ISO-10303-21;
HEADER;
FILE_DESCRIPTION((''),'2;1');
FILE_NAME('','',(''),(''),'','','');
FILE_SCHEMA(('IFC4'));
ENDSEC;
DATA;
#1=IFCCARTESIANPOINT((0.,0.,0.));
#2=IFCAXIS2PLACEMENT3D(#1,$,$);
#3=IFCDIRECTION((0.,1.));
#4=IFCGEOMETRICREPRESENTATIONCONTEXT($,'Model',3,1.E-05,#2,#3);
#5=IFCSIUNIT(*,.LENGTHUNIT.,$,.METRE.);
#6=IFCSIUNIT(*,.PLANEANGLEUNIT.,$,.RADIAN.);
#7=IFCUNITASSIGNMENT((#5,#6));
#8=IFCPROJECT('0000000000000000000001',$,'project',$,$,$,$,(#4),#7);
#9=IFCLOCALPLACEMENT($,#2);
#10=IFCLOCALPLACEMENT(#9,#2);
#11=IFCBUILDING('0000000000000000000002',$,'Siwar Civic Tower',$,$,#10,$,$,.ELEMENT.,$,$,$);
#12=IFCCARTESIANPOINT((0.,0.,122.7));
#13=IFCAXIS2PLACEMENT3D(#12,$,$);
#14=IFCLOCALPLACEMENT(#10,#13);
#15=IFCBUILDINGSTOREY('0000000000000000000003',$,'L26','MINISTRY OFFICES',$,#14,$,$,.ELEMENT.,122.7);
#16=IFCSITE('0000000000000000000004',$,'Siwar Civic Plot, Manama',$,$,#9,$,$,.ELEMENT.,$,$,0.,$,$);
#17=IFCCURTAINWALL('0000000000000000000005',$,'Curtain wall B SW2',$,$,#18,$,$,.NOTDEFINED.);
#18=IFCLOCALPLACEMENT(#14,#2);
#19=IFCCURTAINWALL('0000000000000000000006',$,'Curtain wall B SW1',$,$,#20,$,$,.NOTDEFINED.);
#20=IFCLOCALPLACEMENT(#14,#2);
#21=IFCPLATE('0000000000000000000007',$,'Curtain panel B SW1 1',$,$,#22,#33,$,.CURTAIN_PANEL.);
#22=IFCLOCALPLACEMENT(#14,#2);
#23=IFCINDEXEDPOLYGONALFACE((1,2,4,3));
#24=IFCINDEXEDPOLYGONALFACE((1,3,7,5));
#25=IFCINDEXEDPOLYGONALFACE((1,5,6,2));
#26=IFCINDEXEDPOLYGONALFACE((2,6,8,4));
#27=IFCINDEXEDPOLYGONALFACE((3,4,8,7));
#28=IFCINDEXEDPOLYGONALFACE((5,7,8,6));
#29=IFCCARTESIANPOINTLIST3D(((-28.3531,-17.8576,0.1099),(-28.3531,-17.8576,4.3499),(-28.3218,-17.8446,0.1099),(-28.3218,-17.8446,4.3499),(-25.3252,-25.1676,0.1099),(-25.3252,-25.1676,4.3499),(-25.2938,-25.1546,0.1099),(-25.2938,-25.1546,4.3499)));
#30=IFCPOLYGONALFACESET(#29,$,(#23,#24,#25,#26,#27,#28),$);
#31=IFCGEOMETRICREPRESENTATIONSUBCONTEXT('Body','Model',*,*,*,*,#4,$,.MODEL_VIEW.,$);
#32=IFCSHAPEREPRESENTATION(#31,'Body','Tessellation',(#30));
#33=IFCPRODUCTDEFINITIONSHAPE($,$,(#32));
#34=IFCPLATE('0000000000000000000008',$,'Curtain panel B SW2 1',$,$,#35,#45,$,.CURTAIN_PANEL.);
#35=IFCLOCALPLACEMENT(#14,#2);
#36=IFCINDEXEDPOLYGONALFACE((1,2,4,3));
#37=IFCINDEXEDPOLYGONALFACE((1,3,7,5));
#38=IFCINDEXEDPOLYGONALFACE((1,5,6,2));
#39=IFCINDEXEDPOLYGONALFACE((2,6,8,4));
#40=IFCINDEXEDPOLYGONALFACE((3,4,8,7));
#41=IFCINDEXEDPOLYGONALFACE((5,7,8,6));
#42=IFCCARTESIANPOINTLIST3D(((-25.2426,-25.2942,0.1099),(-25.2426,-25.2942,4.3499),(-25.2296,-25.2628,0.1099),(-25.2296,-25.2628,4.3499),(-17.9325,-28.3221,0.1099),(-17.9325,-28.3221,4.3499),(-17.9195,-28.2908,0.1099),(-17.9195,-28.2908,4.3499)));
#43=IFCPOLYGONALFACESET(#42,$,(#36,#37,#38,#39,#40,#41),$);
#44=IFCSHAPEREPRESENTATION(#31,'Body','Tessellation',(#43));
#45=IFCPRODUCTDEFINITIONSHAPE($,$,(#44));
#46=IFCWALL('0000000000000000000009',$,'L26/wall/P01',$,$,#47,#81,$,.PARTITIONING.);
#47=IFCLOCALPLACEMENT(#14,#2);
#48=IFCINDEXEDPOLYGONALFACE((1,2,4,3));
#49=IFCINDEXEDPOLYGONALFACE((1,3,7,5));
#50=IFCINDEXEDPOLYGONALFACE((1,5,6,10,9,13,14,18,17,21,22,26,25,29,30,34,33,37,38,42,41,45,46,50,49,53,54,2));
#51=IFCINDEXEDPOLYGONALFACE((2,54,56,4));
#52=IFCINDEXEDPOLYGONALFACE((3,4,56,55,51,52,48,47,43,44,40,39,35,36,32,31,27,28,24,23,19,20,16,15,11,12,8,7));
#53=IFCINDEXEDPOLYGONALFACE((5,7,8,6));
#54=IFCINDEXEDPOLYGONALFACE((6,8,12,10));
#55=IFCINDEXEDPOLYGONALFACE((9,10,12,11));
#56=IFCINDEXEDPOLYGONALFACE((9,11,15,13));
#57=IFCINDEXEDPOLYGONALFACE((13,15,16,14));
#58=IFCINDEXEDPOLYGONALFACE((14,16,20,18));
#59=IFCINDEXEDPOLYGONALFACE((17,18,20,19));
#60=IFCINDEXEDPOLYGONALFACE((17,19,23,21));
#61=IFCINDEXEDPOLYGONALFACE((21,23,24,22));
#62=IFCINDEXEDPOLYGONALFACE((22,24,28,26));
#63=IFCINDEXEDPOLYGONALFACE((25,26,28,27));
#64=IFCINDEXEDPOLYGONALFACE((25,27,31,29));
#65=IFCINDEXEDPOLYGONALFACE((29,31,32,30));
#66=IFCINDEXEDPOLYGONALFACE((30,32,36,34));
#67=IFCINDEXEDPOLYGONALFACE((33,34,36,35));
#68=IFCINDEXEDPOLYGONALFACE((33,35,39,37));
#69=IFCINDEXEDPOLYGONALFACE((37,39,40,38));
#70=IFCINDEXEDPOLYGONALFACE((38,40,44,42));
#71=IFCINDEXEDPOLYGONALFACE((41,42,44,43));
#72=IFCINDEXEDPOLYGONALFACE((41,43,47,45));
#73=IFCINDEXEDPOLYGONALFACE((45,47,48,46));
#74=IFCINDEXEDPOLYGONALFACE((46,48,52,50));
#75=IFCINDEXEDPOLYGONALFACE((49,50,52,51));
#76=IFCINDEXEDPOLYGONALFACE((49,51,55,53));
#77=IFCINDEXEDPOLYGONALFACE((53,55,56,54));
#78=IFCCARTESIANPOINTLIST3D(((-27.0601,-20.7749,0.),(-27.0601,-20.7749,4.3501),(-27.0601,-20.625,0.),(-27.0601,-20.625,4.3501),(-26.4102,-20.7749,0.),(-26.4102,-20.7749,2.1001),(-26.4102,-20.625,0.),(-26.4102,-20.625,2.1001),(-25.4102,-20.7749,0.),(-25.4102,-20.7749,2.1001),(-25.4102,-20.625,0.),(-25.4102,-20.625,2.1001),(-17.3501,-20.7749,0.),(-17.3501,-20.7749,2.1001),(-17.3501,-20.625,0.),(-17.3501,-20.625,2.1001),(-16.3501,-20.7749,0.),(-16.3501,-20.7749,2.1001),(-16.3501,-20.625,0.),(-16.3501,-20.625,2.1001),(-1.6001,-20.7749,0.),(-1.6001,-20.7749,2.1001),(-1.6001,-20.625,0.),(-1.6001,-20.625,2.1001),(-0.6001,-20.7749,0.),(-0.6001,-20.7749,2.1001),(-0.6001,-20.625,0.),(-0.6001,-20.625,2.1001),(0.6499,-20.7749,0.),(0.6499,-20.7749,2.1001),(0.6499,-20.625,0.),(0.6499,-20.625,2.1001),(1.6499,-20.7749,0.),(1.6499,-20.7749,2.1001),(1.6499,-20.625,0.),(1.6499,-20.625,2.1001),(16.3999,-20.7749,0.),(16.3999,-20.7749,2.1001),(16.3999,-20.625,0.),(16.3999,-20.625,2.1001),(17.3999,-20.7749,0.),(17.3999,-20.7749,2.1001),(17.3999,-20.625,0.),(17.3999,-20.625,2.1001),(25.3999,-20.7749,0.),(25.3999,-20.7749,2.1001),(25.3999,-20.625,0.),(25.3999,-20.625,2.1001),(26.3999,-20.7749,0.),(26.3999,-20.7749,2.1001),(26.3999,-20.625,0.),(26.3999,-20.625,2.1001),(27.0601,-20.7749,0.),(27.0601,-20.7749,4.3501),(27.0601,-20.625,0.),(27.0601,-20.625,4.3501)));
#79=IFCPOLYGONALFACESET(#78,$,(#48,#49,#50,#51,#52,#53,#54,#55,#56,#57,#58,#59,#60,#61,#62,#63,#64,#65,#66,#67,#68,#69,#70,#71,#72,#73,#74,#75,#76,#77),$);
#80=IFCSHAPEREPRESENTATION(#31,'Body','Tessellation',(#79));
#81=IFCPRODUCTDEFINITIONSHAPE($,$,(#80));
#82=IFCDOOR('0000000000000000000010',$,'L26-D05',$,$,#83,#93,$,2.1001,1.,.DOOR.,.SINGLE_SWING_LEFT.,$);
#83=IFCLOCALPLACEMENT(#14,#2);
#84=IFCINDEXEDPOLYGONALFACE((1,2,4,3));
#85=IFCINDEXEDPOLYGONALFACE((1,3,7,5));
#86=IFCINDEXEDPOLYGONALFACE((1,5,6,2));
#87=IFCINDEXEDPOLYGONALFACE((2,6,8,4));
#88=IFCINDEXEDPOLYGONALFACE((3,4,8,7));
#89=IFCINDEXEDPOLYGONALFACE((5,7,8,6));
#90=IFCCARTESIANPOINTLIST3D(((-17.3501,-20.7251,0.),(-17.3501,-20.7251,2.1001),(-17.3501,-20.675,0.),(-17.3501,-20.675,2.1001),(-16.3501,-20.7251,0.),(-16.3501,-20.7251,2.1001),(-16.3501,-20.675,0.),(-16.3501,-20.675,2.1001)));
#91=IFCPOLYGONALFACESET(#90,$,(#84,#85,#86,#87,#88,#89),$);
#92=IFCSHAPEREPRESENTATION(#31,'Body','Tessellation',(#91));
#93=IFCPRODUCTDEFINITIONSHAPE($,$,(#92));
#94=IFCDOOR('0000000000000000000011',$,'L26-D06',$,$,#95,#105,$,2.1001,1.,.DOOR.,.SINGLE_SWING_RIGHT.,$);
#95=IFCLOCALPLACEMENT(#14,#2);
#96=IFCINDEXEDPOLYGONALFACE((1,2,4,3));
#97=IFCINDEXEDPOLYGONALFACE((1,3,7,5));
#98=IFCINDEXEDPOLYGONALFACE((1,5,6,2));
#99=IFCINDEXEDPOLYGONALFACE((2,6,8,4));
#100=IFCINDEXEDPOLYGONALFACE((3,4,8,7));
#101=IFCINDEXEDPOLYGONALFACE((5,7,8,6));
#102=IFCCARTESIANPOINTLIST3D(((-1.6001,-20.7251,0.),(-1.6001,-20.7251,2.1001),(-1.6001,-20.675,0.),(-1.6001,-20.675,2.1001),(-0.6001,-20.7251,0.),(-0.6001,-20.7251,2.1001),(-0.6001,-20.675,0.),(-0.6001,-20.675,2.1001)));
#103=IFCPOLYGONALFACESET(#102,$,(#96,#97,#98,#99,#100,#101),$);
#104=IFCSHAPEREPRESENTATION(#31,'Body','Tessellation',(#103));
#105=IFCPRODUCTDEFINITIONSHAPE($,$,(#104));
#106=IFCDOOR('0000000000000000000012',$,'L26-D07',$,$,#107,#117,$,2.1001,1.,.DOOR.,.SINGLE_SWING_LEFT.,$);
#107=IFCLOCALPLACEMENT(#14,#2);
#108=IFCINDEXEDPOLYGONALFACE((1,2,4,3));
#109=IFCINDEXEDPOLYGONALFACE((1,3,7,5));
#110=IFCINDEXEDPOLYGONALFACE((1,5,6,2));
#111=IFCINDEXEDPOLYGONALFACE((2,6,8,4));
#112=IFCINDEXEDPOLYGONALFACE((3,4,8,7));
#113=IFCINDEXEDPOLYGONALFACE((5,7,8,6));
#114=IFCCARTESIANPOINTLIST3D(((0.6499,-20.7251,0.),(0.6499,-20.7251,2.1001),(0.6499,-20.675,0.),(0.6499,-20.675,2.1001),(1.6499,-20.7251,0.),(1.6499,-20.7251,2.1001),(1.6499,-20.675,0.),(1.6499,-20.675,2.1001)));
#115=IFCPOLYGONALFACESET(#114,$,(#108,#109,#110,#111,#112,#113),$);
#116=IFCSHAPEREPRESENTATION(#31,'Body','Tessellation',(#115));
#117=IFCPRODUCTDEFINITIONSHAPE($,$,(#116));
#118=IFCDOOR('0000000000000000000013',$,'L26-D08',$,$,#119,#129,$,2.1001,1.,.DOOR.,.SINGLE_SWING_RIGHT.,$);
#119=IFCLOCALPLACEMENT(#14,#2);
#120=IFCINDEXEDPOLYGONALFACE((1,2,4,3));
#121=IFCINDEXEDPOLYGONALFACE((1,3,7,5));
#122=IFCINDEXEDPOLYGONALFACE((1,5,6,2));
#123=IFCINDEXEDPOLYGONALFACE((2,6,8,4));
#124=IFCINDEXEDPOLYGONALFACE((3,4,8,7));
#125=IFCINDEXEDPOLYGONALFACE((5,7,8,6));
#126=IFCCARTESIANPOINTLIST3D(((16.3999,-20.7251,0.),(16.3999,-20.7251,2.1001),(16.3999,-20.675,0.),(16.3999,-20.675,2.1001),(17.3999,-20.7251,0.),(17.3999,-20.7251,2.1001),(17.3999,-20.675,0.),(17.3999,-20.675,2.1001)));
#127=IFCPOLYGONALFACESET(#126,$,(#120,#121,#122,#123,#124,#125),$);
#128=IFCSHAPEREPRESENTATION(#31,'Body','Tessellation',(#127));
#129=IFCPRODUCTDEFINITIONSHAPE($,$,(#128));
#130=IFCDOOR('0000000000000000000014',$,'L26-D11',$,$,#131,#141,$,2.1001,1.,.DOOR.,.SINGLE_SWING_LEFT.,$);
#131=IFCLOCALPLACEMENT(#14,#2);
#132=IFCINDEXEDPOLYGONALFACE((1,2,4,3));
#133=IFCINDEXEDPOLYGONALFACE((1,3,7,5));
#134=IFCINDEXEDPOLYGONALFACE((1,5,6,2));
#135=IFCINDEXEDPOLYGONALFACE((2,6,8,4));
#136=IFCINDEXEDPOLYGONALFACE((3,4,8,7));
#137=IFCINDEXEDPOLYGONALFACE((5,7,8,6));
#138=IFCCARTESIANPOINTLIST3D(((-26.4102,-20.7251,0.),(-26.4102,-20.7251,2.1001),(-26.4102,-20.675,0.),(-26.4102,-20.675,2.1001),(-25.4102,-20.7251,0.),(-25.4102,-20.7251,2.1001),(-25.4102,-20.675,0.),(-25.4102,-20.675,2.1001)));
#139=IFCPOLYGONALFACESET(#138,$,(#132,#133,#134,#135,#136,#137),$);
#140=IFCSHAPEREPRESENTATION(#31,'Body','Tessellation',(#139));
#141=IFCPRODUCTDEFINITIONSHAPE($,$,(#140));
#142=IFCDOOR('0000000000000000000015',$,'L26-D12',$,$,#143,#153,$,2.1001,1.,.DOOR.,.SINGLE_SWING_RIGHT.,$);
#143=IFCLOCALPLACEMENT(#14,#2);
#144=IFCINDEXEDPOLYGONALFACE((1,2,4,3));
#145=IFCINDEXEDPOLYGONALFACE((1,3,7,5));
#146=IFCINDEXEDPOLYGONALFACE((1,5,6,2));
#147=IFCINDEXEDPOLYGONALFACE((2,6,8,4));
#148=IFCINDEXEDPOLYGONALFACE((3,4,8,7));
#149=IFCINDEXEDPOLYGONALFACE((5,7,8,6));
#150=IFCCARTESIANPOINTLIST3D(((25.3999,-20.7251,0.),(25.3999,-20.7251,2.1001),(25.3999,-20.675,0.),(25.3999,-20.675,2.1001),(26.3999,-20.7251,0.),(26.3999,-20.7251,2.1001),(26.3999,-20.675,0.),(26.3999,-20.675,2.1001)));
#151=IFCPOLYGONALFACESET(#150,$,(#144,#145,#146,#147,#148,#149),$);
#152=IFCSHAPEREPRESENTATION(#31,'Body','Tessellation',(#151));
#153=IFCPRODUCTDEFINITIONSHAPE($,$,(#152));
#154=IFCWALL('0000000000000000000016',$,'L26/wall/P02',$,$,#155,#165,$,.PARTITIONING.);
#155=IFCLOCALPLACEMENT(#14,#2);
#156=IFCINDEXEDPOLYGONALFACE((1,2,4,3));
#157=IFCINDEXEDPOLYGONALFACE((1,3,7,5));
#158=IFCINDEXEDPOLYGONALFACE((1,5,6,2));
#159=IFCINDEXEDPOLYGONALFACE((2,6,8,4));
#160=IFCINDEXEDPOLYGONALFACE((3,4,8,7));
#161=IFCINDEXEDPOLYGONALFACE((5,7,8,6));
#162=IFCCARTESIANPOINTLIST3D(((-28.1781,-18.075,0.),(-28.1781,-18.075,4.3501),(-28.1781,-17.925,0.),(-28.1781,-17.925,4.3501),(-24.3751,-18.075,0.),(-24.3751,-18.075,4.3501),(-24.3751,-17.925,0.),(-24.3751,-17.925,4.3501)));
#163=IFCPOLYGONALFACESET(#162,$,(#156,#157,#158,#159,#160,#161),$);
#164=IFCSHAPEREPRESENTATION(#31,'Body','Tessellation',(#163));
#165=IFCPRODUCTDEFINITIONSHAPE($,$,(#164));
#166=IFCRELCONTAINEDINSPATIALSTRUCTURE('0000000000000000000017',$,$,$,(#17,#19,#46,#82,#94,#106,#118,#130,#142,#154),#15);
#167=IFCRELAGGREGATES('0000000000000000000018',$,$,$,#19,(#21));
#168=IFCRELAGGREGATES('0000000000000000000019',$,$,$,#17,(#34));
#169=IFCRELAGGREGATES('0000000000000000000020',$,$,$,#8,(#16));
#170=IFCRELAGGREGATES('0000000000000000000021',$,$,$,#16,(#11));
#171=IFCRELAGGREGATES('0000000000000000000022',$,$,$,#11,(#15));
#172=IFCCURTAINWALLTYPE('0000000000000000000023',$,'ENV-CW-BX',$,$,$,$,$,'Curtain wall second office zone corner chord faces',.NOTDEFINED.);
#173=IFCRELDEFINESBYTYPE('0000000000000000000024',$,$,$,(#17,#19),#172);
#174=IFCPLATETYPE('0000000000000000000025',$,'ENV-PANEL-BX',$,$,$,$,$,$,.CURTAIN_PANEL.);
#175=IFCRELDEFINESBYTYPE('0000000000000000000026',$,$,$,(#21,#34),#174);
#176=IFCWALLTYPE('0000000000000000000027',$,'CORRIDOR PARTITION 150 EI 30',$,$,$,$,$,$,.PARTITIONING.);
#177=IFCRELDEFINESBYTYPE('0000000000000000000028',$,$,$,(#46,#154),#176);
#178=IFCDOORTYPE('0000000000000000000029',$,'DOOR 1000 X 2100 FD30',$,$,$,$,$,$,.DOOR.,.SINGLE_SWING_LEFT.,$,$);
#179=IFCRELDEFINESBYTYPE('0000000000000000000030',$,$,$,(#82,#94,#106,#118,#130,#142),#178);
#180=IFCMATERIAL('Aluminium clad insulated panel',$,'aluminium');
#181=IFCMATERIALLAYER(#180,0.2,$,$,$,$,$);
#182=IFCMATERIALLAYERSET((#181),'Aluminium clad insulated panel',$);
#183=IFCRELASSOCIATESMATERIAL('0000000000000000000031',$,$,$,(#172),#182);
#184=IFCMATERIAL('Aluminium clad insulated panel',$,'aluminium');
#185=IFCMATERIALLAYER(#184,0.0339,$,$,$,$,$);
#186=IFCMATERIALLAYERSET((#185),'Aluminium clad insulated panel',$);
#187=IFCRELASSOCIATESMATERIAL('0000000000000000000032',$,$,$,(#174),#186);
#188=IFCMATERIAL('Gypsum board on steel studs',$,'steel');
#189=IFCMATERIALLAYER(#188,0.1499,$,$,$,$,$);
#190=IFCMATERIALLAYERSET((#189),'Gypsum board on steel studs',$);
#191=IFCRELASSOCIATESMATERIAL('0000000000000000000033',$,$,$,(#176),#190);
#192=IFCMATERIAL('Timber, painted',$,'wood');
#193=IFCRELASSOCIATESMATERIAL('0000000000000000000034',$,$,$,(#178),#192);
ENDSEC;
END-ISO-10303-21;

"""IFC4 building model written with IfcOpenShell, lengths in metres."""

from ifc_helpers import new_model, si_unit, direction, frame, frame_2d, origin, origin_2d, place, context, subcontext, project, spatial, rectangle, extrude, material, layer, layer_set, type_object, element, fill, aggregate, save


model = new_model("IFC4")

# Units and contexts
model_context = context("Model", 3, precision=1e-05, world=origin(), true_north=direction((0.0, 1.0)))
body_context = subcontext(model_context, "Body", "Model", "MODEL_VIEW")
ifc_project = project(units=[si_unit("LENGTHUNIT", "METRE"), si_unit("PLANEANGLEUNIT", "RADIAN")], contexts=[model_context])

# Site, building, storey
site_placement = place(None, origin())
site = spatial("IfcSite", under=ifc_project, at=site_placement, Name="Siwar Civic Plot, Manama", CompositionType="ELEMENT", RefElevation=0.0)
building_placement = place(site_placement, origin())
building = spatial("IfcBuilding", under=site, at=building_placement, Name="Siwar Civic Tower", CompositionType="ELEMENT")
storey_placement = place(building_placement, frame((0.0, 0.0, 122.7)))
storey = spatial("IfcBuildingStorey", under=building, at=storey_placement, Name="L26", Description="MINISTRY OFFICES", CompositionType="ELEMENT", Elevation=122.7)

# Curtain wall
ifc_material_1 = material(Name="Aluminium clad insulated panel", Category="aluminium")
ifc_layer_1 = layer(ifc_material_1, 0.2)
ifc_layer_set_1 = layer_set([ifc_layer_1], Name="Aluminium clad insulated panel")
curtain_wall_type = type_object("IfcCurtainWallType", Name="ENV-CW-BX", ElementType="Curtain wall second office zone corner chord faces", PredefinedType="NOTDEFINED", material=ifc_layer_set_1)
curtain_wall_1_placement = place(storey_placement, origin())
curtain_wall_1 = element("IfcCurtainWall", 1, at=curtain_wall_1_placement, inside=storey, type_object=curtain_wall_type, Name="Curtain wall B SW2", PredefinedType="NOTDEFINED")

# Curtain wall, plate
curtain_wall_2_placement = place(storey_placement, origin())
curtain_wall_2 = element("IfcCurtainWall", 2, at=curtain_wall_2_placement, inside=storey, type_object=curtain_wall_type, Name="Curtain wall B SW1", PredefinedType="NOTDEFINED")
ifc_material_2 = material(Name="Aluminium clad insulated panel", Category="aluminium")
ifc_layer_2 = layer(ifc_material_2, 0.0339)
ifc_layer_set_2 = layer_set([ifc_layer_2], Name="Aluminium clad insulated panel")
plate_type = type_object("IfcPlateType", Name="ENV-PANEL-BX", PredefinedType="CURTAIN_PANEL", material=ifc_layer_set_2)
plate_1_placement = place(storey_placement, frame((-26.8235, -21.5061, 0.1099), z_axis=(0.0, 0.0, 1.0), x_axis=(0.382683, -0.92388, 0.0)))
plate_1 = element("IfcPlate", 3, at=plate_1_placement, type_object=plate_type, Name="Curtain panel B SW1 1", PredefinedType="CURTAIN_PANEL", context=body_context, shape_type="SweptSolid", body=[
    extrude(rectangle(XDim=7.9124, YDim=0.0339, at=origin_2d()), origin(), (0.0, 0.0, 1.0), 4.24),
])
aggregate(curtain_wall_2, [plate_1])

# Plate
plate_2_placement = place(storey_placement, frame((-21.5811, -26.7925, 0.1099), z_axis=(0.0, 0.0, 1.0), x_axis=(0.92388, -0.382683, 0.0)))
plate_2 = element("IfcPlate", 4, at=plate_2_placement, type_object=plate_type, Name="Curtain panel B SW2 1", PredefinedType="CURTAIN_PANEL", context=body_context, shape_type="SweptSolid", body=[
    extrude(rectangle(XDim=7.9124, YDim=0.0339, at=origin_2d()), origin(), (0.0, 0.0, 1.0), 4.24),
])
aggregate(curtain_wall_1, [plate_2])

# Wall, openings, doors
ifc_material_3 = material(Name="Gypsum board on steel studs", Category="steel")
ifc_layer_3 = layer(ifc_material_3, 0.1499)
ifc_layer_set_3 = layer_set([ifc_layer_3], Name="Gypsum board on steel studs")
wall_type = type_object("IfcWallType", Name="CORRIDOR PARTITION 150 EI 30", PredefinedType="PARTITIONING", material=ifc_layer_set_3)
wall_1_placement = place(storey_placement, frame((-27.0601, -20.7, 0.0), z_axis=(0.0, 0.0, 1.0), x_axis=(1.0, 0.0, 0.0)))
wall_1 = element("IfcWall", 5, at=wall_1_placement, inside=storey, type_object=wall_type, Name="L26/wall/P01", PredefinedType="PARTITIONING", context=body_context, shape_type="SweptSolid", body=[
    extrude(rectangle(XDim=54.1201, YDim=0.1499, at=frame_2d((27.0601, 0.0))), origin(), (0.0, 0.0, 1.0), 4.3501),
])
opening_1_placement = place(wall_1_placement, frame((9.71, 0.0, 0.0)))
opening_1 = element("IfcOpeningElement", 6, at=opening_1_placement, cuts=wall_1, PredefinedType="OPENING", context=body_context, shape_type="SweptSolid", body=[
    extrude(rectangle(XDim=1.0, YDim=2.1001, at=frame_2d((0.5, 1.05))), frame((0.0, 0.085, 0.0), z_axis=(0.0, -1.0, 0.0), x_axis=(1.0, 0.0, 0.0)), (0.0, 0.0, 1.0), 0.1699),
])
opening_2_placement = place(wall_1_placement, frame((25.46, 0.0, 0.0)))
opening_2 = element("IfcOpeningElement", 7, at=opening_2_placement, cuts=wall_1, PredefinedType="OPENING", context=body_context, shape_type="SweptSolid", body=[
    extrude(rectangle(XDim=1.0, YDim=2.1001, at=frame_2d((0.5, 1.05))), frame((0.0, 0.085, 0.0), z_axis=(0.0, -1.0, 0.0), x_axis=(1.0, 0.0, 0.0)), (0.0, 0.0, 1.0), 0.1699),
])
opening_3_placement = place(wall_1_placement, frame((27.71, 0.0, 0.0)))
opening_3 = element("IfcOpeningElement", 8, at=opening_3_placement, cuts=wall_1, PredefinedType="OPENING", context=body_context, shape_type="SweptSolid", body=[
    extrude(rectangle(XDim=1.0, YDim=2.1001, at=frame_2d((0.5, 1.05))), frame((0.0, 0.085, 0.0), z_axis=(0.0, -1.0, 0.0), x_axis=(1.0, 0.0, 0.0)), (0.0, 0.0, 1.0), 0.1699),
])
opening_4_placement = place(wall_1_placement, frame((43.46, 0.0, 0.0)))
opening_4 = element("IfcOpeningElement", 9, at=opening_4_placement, cuts=wall_1, PredefinedType="OPENING", context=body_context, shape_type="SweptSolid", body=[
    extrude(rectangle(XDim=1.0, YDim=2.1001, at=frame_2d((0.5, 1.05))), frame((0.0, 0.085, 0.0), z_axis=(0.0, -1.0, 0.0), x_axis=(1.0, 0.0, 0.0)), (0.0, 0.0, 1.0), 0.1699),
])
opening_5_placement = place(wall_1_placement, frame((0.6499, 0.0, 0.0)))
opening_5 = element("IfcOpeningElement", 10, at=opening_5_placement, cuts=wall_1, PredefinedType="OPENING", context=body_context, shape_type="SweptSolid", body=[
    extrude(rectangle(XDim=1.0, YDim=2.1001, at=frame_2d((0.5, 1.05))), frame((0.0, 0.085, 0.0), z_axis=(0.0, -1.0, 0.0), x_axis=(1.0, 0.0, 0.0)), (0.0, 0.0, 1.0), 0.1699),
])
opening_6_placement = place(wall_1_placement, frame((52.46, 0.0, 0.0)))
opening_6 = element("IfcOpeningElement", 11, at=opening_6_placement, cuts=wall_1, PredefinedType="OPENING", context=body_context, shape_type="SweptSolid", body=[
    extrude(rectangle(XDim=1.0, YDim=2.1001, at=frame_2d((0.5, 1.05))), frame((0.0, 0.085, 0.0), z_axis=(0.0, -1.0, 0.0), x_axis=(1.0, 0.0, 0.0)), (0.0, 0.0, 1.0), 0.1699),
])
ifc_material_4 = material(Name="Timber, painted", Category="wood")
door_type = type_object("IfcDoorType", Name="DOOR 1000 X 2100 FD30", OperationType="SINGLE_SWING_LEFT", PredefinedType="DOOR", material=ifc_material_4)
door_1_placement = place(opening_1_placement, origin())
door_1 = element("IfcDoor", 12, at=door_1_placement, inside=storey, type_object=door_type, Name="L26-D05", OperationType="SINGLE_SWING_LEFT", OverallHeight=2.1001, OverallWidth=1.0, PredefinedType="DOOR", context=body_context, shape_type="SweptSolid", body=[
    extrude(rectangle(XDim=1.0, YDim=2.1001, at=frame_2d((0.5, 1.05))), frame((0.0, 0.0249, 0.0), z_axis=(0.0, -1.0, 0.0), x_axis=(1.0, 0.0, 0.0)), (0.0, 0.0, 1.0), 0.05),
])
fill(opening_1, door_1)
door_2_placement = place(opening_2_placement, origin())
door_2 = element("IfcDoor", 13, at=door_2_placement, inside=storey, type_object=door_type, Name="L26-D06", OperationType="SINGLE_SWING_RIGHT", OverallHeight=2.1001, OverallWidth=1.0, PredefinedType="DOOR", context=body_context, shape_type="SweptSolid", body=[
    extrude(rectangle(XDim=1.0, YDim=2.1001, at=frame_2d((0.5, 1.05))), frame((0.0, 0.0249, 0.0), z_axis=(0.0, -1.0, 0.0), x_axis=(1.0, 0.0, 0.0)), (0.0, 0.0, 1.0), 0.05),
])
fill(opening_2, door_2)
door_3_placement = place(opening_3_placement, origin())
door_3 = element("IfcDoor", 14, at=door_3_placement, inside=storey, type_object=door_type, Name="L26-D07", OperationType="SINGLE_SWING_LEFT", OverallHeight=2.1001, OverallWidth=1.0, PredefinedType="DOOR", context=body_context, shape_type="SweptSolid", body=[
    extrude(rectangle(XDim=1.0, YDim=2.1001, at=frame_2d((0.5, 1.05))), frame((0.0, 0.0249, 0.0), z_axis=(0.0, -1.0, 0.0), x_axis=(1.0, 0.0, 0.0)), (0.0, 0.0, 1.0), 0.05),
])
fill(opening_3, door_3)
door_4_placement = place(opening_4_placement, origin())
door_4 = element("IfcDoor", 15, at=door_4_placement, inside=storey, type_object=door_type, Name="L26-D08", OperationType="SINGLE_SWING_RIGHT", OverallHeight=2.1001, OverallWidth=1.0, PredefinedType="DOOR", context=body_context, shape_type="SweptSolid", body=[
    extrude(rectangle(XDim=1.0, YDim=2.1001, at=frame_2d((0.5, 1.05))), frame((0.0, 0.0249, 0.0), z_axis=(0.0, -1.0, 0.0), x_axis=(1.0, 0.0, 0.0)), (0.0, 0.0, 1.0), 0.05),
])
fill(opening_4, door_4)
door_5_placement = place(opening_5_placement, origin())
door_5 = element("IfcDoor", 16, at=door_5_placement, inside=storey, type_object=door_type, Name="L26-D11", OperationType="SINGLE_SWING_LEFT", OverallHeight=2.1001, OverallWidth=1.0, PredefinedType="DOOR", context=body_context, shape_type="SweptSolid", body=[
    extrude(rectangle(XDim=1.0, YDim=2.1001, at=frame_2d((0.5, 1.05))), frame((0.0, 0.0249, 0.0), z_axis=(0.0, -1.0, 0.0), x_axis=(1.0, 0.0, 0.0)), (0.0, 0.0, 1.0), 0.05),
])
fill(opening_5, door_5)
door_6_placement = place(opening_6_placement, origin())
door_6 = element("IfcDoor", 17, at=door_6_placement, inside=storey, type_object=door_type, Name="L26-D12", OperationType="SINGLE_SWING_RIGHT", OverallHeight=2.1001, OverallWidth=1.0, PredefinedType="DOOR", context=body_context, shape_type="SweptSolid", body=[
    extrude(rectangle(XDim=1.0, YDim=2.1001, at=frame_2d((0.5, 1.05))), frame((0.0, 0.0249, 0.0), z_axis=(0.0, -1.0, 0.0), x_axis=(1.0, 0.0, 0.0)), (0.0, 0.0, 1.0), 0.05),
])
fill(opening_6, door_6)

# Wall
wall_2_placement = place(storey_placement, frame((-28.178, -18.0, 0.0), z_axis=(0.0, 0.0, 1.0), x_axis=(1.0, 0.0, 0.0)))
element("IfcWall", 18, at=wall_2_placement, inside=storey, type_object=wall_type, Name="L26/wall/P02", PredefinedType="PARTITIONING", context=body_context, shape_type="SweptSolid", body=[
    extrude(rectangle(XDim=3.803, YDim=0.1499, at=frame_2d((1.9014, 0.0))), origin(), (0.0, 0.0, 1.0), 4.3501),
])

save(model, "model.ifc")
